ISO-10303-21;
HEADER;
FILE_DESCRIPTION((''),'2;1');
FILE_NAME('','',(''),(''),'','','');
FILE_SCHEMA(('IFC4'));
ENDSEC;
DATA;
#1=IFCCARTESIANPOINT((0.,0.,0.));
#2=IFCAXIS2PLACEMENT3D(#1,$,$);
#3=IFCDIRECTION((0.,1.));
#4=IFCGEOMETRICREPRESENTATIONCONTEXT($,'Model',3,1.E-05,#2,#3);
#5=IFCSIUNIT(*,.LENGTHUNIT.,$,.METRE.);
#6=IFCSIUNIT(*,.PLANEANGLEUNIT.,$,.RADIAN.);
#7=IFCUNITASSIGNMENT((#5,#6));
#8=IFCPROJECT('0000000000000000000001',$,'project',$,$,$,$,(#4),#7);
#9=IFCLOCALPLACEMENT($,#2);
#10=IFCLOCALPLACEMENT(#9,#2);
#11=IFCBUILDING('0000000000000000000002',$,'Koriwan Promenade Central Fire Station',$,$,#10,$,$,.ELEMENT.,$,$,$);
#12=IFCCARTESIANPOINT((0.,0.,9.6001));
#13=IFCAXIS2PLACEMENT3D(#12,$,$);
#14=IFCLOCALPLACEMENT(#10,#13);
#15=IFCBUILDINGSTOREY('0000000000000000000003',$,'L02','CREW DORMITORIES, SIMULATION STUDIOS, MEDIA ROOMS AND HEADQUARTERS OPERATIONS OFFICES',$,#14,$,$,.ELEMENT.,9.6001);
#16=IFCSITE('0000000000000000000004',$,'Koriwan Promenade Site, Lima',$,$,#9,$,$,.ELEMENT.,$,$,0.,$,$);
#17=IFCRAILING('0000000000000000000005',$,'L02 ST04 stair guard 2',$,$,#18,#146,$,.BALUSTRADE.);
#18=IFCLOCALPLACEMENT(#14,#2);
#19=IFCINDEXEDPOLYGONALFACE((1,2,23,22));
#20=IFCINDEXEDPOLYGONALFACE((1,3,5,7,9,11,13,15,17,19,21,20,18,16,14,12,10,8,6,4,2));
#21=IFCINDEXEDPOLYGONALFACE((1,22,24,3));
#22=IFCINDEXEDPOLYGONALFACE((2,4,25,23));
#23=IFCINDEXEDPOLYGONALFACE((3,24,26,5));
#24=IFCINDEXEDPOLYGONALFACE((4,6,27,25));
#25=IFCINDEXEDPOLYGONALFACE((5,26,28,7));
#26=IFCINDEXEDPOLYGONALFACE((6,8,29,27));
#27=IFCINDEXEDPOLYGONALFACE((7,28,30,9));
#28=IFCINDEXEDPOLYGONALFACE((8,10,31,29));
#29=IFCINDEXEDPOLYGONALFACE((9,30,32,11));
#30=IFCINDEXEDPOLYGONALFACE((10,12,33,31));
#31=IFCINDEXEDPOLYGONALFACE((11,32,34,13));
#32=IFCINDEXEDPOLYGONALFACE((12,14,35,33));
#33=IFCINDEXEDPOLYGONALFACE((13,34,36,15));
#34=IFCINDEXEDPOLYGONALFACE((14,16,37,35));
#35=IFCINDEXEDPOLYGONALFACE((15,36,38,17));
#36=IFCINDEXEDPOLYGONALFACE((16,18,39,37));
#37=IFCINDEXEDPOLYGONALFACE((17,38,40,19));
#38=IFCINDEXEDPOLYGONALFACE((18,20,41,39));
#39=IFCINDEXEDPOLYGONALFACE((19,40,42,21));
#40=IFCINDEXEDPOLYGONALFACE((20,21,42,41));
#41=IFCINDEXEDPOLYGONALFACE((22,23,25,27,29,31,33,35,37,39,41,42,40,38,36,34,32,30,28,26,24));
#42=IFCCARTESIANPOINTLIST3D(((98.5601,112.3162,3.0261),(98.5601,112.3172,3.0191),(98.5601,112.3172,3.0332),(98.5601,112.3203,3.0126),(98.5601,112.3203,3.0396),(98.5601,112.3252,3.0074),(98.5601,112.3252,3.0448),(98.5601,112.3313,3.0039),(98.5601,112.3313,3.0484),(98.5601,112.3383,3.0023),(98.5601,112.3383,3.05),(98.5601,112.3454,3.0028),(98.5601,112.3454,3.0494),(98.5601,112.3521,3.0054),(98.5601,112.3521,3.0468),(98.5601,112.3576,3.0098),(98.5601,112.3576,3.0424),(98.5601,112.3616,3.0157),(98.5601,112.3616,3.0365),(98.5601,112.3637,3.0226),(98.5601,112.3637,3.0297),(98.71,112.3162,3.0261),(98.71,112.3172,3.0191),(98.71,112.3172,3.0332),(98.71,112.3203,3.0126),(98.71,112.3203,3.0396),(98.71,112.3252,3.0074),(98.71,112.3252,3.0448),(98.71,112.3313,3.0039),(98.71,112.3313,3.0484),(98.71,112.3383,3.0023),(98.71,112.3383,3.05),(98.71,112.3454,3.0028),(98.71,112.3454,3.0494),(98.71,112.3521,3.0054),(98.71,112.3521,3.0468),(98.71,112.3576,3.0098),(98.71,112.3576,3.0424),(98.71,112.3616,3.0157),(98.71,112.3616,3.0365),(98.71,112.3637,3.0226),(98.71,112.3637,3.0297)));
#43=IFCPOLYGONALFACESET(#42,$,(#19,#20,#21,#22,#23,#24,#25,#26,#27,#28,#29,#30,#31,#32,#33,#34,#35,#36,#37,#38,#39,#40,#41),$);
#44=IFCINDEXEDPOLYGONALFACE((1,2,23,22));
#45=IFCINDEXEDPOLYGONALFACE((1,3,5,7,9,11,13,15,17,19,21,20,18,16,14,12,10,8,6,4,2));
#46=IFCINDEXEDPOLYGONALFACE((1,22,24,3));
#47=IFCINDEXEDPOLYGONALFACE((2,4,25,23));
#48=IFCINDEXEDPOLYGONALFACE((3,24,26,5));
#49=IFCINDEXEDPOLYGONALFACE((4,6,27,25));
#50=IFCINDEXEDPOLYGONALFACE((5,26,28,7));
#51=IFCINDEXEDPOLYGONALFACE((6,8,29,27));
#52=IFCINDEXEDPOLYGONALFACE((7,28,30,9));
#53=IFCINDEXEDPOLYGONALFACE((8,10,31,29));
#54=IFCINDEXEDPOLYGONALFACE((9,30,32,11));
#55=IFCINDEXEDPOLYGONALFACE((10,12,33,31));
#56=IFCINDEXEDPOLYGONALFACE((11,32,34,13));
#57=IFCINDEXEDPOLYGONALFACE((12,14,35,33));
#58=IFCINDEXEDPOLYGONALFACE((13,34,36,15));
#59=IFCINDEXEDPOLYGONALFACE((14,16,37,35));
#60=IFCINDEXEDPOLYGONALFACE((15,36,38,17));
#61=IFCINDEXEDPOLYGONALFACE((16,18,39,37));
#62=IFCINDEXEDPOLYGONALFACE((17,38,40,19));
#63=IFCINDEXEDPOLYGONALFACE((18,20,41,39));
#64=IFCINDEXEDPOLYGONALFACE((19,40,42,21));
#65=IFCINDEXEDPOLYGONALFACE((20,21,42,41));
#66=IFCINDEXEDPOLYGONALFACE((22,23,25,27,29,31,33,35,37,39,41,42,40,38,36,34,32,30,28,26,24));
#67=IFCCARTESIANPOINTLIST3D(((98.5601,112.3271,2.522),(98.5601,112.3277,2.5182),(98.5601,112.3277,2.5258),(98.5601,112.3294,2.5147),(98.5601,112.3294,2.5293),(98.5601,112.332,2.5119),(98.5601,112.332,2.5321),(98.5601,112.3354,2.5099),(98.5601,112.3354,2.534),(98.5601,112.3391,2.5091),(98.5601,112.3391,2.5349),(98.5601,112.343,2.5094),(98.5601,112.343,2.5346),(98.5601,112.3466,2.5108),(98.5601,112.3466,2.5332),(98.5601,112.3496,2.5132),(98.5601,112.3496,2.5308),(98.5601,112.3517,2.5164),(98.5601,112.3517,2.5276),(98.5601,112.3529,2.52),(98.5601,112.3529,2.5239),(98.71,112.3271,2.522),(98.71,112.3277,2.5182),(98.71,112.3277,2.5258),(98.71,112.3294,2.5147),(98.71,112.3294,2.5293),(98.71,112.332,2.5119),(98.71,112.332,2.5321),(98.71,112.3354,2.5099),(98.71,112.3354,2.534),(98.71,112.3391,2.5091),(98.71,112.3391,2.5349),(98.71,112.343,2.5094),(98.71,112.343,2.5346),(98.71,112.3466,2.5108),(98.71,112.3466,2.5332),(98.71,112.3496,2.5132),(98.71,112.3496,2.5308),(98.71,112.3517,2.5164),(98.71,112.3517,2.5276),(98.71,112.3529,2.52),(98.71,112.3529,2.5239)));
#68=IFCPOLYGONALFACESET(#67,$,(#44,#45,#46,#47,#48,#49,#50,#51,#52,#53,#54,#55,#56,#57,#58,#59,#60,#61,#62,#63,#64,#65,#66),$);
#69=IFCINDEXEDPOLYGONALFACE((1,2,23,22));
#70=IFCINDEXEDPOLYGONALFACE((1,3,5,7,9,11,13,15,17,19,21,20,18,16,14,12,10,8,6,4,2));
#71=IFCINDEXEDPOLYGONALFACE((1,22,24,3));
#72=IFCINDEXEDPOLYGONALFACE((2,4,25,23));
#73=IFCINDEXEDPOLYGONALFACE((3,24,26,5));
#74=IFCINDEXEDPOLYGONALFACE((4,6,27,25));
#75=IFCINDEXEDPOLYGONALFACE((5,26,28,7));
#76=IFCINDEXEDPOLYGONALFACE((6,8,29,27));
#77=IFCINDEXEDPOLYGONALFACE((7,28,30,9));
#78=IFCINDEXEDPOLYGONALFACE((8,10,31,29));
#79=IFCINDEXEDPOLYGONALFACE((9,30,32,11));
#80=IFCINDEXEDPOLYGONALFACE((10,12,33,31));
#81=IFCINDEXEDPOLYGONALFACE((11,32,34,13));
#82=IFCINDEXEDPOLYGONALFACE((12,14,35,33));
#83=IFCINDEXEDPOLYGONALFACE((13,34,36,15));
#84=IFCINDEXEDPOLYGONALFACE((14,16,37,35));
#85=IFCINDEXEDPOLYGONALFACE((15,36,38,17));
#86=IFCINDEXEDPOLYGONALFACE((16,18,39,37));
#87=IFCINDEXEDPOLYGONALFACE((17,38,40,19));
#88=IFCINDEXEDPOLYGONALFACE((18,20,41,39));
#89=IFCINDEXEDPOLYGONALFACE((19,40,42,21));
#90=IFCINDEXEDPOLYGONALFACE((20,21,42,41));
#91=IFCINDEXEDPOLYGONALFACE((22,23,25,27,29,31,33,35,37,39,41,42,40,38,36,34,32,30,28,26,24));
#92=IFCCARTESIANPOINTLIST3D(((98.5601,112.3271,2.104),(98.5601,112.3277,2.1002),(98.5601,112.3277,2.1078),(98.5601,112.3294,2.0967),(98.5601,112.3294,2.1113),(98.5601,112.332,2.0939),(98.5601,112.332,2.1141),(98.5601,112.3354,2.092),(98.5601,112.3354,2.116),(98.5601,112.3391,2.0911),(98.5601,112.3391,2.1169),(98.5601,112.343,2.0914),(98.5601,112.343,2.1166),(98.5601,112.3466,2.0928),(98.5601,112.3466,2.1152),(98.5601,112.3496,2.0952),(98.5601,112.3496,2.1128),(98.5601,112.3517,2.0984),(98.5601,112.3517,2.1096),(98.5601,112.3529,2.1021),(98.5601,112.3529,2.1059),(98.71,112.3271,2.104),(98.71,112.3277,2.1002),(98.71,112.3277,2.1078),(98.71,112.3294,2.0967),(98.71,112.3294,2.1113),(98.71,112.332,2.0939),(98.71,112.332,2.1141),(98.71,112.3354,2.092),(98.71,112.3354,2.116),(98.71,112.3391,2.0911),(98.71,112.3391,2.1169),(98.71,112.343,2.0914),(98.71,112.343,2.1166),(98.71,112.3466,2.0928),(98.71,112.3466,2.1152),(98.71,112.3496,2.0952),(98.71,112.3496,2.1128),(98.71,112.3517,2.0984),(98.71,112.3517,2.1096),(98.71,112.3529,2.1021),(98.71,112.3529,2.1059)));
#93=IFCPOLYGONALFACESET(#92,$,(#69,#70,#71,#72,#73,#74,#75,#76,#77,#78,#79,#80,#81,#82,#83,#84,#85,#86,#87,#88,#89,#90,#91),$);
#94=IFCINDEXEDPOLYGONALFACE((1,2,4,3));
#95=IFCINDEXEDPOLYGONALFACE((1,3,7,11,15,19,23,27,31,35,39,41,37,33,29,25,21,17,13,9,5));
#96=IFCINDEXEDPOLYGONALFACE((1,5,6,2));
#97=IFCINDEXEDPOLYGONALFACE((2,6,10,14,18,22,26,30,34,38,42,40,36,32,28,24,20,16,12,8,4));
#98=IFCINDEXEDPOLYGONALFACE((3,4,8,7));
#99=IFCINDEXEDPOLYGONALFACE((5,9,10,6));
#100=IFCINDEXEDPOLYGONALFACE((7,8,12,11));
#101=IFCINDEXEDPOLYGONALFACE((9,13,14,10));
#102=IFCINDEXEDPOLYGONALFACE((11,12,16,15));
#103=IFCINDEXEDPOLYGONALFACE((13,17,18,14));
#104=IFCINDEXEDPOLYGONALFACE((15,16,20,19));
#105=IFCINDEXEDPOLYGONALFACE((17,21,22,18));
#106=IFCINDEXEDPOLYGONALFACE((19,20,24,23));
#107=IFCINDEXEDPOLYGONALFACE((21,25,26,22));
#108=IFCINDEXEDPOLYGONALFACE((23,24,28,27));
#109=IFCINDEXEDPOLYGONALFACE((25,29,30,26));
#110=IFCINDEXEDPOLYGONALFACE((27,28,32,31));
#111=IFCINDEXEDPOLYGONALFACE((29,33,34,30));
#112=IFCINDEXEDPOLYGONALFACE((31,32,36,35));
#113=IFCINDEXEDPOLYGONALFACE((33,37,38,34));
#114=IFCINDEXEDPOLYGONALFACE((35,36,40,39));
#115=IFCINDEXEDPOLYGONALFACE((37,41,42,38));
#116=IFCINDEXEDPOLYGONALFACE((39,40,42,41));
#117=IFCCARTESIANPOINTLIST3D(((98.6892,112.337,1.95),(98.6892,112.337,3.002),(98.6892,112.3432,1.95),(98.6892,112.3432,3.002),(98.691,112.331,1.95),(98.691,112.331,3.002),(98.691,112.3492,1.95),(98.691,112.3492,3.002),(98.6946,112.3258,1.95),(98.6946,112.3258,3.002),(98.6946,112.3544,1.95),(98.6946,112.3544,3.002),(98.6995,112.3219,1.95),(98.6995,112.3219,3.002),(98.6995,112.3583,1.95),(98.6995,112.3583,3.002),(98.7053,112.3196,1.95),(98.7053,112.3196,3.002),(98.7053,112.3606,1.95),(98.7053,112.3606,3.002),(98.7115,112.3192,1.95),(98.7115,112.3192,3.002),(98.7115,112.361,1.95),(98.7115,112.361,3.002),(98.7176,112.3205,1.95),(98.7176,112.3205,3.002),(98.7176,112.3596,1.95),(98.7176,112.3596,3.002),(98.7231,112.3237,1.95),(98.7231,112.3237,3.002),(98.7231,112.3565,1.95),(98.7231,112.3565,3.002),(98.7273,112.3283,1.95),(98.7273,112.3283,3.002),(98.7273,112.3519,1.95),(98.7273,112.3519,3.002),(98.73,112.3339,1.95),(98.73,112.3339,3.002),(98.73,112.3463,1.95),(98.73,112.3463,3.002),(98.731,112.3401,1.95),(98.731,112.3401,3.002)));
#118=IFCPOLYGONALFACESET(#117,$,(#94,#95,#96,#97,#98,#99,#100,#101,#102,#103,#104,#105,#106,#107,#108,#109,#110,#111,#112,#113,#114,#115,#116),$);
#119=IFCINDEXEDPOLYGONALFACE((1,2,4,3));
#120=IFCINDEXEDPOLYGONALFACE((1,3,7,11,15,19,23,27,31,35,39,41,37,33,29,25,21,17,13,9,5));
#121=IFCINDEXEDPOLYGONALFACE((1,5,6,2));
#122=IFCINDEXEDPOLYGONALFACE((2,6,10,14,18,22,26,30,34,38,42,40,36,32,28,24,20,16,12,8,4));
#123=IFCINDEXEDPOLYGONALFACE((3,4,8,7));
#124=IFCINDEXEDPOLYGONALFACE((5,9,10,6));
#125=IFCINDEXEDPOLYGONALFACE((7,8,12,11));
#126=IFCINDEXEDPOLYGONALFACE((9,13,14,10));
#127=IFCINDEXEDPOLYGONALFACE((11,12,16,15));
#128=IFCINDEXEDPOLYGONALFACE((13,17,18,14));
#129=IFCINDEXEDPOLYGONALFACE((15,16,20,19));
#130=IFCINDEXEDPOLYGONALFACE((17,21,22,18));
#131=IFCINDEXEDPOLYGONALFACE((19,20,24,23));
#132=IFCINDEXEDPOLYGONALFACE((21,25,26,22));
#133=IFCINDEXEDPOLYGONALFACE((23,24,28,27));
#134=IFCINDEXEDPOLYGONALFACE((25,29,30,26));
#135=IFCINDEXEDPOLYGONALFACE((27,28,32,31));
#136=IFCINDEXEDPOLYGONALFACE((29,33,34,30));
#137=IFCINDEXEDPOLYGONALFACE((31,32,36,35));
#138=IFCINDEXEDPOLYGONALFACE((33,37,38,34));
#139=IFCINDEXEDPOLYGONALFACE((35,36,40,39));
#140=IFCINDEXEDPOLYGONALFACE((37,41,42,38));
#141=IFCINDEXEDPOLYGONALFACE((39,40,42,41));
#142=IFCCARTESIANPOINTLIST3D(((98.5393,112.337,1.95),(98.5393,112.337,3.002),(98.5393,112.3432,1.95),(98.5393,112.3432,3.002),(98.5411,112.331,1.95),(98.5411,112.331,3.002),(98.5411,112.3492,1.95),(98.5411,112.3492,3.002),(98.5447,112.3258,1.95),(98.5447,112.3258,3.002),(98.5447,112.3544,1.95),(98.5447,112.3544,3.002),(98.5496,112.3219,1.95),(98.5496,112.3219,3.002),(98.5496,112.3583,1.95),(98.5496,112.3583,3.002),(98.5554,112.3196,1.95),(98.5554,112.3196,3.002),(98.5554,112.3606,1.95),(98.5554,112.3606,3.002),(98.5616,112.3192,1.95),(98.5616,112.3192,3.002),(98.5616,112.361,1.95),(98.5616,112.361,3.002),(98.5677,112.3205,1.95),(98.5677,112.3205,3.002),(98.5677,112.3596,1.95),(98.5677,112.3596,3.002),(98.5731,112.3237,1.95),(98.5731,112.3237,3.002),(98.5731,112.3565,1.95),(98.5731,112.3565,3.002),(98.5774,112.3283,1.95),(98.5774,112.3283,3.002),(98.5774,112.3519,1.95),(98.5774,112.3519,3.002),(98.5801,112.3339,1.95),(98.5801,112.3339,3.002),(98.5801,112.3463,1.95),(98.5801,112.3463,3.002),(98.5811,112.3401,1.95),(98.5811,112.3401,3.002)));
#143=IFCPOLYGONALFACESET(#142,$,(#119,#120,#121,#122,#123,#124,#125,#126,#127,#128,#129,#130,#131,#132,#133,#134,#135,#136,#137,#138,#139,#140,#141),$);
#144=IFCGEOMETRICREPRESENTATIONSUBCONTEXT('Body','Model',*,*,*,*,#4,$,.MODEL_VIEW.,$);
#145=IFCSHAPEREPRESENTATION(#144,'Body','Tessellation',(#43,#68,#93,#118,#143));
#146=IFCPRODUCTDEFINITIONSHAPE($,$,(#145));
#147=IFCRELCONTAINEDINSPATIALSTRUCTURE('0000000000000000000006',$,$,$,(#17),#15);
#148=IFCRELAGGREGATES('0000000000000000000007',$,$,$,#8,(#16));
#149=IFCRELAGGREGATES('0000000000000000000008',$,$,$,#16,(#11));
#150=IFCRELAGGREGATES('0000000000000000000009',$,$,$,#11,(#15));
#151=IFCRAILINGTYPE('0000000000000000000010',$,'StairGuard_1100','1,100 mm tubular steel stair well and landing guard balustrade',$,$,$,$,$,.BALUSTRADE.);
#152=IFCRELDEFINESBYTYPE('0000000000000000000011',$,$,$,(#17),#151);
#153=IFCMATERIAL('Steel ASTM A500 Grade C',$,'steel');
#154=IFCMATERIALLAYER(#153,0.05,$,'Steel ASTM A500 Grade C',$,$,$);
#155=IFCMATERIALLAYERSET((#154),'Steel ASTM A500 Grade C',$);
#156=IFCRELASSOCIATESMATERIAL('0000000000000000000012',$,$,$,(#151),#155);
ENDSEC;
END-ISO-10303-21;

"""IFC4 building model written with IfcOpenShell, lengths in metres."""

from ifc_helpers import new_model, si_unit, direction, frame, origin, origin_2d, place, context, subcontext, project, spatial, circle, extrude, material, layer, layer_set, type_object, element, save


model = new_model("IFC4")

# Units and contexts
model_context = context("Model", 3, precision=1e-05, world=origin(), true_north=direction((0.0, 1.0)))
body_context = subcontext(model_context, "Body", "Model", "MODEL_VIEW")
ifc_project = project(units=[si_unit("LENGTHUNIT", "METRE"), si_unit("PLANEANGLEUNIT", "RADIAN")], contexts=[model_context])

# Site, building, storey
site_placement = place(None, origin())
site = spatial("IfcSite", under=ifc_project, at=site_placement, Name="Koriwan Promenade Site, Lima", CompositionType="ELEMENT", RefElevation=0.0)
building_placement = place(site_placement, origin())
building = spatial("IfcBuilding", under=site, at=building_placement, Name="Koriwan Promenade Central Fire Station", CompositionType="ELEMENT")
storey_placement = place(building_placement, frame((0.0, 0.0, 9.6001)))
storey = spatial("IfcBuildingStorey", under=building, at=storey_placement, Name="L02", Description="CREW DORMITORIES, SIMULATION STUDIOS, MEDIA ROOMS AND HEADQUARTERS OPERATIONS OFFICES", CompositionType="ELEMENT", Elevation=9.6001)

# Railing
ifc_material_1 = material(Name="Steel ASTM A500 Grade C", Category="steel")
ifc_layer_1 = layer(ifc_material_1, 0.05, Name="Steel ASTM A500 Grade C")
ifc_layer_set_1 = layer_set([ifc_layer_1], Name="Steel ASTM A500 Grade C")
railing_type_1 = type_object("IfcRailingType", Name="StairGuard_1100", Description="1,100 mm tubular steel stair well and landing guard balustrade", PredefinedType="BALUSTRADE", material=ifc_layer_set_1)
railing_1_placement = place(storey_placement, frame((98.71, 112.3401, 1.95)))
element("IfcRailing", 1, at=railing_1_placement, inside=storey, type_object=railing_type_1, Name="L02 ST04 stair guard 2", PredefinedType="BALUSTRADE", context=body_context, shape_type="SweptSolid", body=[
    extrude(circle(Radius=0.0239, at=origin_2d()), frame((0.0, 0.0, 1.0762), z_axis=(-1.0, 0.0, 0.0), x_axis=(0.0, -1.0, 0.0)), (0.0, 0.0, 1.0), 0.1499),
    extrude(circle(Radius=0.0129, at=origin_2d()), frame((0.0, 0.0, 0.572), z_axis=(-1.0, 0.0, 0.0), x_axis=(0.0, -1.0, 0.0)), (0.0, 0.0, 1.0), 0.1499),
    extrude(circle(Radius=0.0129, at=origin_2d()), frame((0.0, 0.0, 0.1541), z_axis=(-1.0, 0.0, 0.0), x_axis=(0.0, -1.0, 0.0)), (0.0, 0.0, 1.0), 0.1499),
    extrude(circle(Radius=0.021, at=origin_2d()), origin(), (0.0, 0.0, 1.0), 1.052),
    extrude(circle(Radius=0.021, at=origin_2d()), frame((-0.1499, 0.0, 0.0)), (0.0, 0.0, 1.0), 1.052),
])

save(model, "model.ifc")
